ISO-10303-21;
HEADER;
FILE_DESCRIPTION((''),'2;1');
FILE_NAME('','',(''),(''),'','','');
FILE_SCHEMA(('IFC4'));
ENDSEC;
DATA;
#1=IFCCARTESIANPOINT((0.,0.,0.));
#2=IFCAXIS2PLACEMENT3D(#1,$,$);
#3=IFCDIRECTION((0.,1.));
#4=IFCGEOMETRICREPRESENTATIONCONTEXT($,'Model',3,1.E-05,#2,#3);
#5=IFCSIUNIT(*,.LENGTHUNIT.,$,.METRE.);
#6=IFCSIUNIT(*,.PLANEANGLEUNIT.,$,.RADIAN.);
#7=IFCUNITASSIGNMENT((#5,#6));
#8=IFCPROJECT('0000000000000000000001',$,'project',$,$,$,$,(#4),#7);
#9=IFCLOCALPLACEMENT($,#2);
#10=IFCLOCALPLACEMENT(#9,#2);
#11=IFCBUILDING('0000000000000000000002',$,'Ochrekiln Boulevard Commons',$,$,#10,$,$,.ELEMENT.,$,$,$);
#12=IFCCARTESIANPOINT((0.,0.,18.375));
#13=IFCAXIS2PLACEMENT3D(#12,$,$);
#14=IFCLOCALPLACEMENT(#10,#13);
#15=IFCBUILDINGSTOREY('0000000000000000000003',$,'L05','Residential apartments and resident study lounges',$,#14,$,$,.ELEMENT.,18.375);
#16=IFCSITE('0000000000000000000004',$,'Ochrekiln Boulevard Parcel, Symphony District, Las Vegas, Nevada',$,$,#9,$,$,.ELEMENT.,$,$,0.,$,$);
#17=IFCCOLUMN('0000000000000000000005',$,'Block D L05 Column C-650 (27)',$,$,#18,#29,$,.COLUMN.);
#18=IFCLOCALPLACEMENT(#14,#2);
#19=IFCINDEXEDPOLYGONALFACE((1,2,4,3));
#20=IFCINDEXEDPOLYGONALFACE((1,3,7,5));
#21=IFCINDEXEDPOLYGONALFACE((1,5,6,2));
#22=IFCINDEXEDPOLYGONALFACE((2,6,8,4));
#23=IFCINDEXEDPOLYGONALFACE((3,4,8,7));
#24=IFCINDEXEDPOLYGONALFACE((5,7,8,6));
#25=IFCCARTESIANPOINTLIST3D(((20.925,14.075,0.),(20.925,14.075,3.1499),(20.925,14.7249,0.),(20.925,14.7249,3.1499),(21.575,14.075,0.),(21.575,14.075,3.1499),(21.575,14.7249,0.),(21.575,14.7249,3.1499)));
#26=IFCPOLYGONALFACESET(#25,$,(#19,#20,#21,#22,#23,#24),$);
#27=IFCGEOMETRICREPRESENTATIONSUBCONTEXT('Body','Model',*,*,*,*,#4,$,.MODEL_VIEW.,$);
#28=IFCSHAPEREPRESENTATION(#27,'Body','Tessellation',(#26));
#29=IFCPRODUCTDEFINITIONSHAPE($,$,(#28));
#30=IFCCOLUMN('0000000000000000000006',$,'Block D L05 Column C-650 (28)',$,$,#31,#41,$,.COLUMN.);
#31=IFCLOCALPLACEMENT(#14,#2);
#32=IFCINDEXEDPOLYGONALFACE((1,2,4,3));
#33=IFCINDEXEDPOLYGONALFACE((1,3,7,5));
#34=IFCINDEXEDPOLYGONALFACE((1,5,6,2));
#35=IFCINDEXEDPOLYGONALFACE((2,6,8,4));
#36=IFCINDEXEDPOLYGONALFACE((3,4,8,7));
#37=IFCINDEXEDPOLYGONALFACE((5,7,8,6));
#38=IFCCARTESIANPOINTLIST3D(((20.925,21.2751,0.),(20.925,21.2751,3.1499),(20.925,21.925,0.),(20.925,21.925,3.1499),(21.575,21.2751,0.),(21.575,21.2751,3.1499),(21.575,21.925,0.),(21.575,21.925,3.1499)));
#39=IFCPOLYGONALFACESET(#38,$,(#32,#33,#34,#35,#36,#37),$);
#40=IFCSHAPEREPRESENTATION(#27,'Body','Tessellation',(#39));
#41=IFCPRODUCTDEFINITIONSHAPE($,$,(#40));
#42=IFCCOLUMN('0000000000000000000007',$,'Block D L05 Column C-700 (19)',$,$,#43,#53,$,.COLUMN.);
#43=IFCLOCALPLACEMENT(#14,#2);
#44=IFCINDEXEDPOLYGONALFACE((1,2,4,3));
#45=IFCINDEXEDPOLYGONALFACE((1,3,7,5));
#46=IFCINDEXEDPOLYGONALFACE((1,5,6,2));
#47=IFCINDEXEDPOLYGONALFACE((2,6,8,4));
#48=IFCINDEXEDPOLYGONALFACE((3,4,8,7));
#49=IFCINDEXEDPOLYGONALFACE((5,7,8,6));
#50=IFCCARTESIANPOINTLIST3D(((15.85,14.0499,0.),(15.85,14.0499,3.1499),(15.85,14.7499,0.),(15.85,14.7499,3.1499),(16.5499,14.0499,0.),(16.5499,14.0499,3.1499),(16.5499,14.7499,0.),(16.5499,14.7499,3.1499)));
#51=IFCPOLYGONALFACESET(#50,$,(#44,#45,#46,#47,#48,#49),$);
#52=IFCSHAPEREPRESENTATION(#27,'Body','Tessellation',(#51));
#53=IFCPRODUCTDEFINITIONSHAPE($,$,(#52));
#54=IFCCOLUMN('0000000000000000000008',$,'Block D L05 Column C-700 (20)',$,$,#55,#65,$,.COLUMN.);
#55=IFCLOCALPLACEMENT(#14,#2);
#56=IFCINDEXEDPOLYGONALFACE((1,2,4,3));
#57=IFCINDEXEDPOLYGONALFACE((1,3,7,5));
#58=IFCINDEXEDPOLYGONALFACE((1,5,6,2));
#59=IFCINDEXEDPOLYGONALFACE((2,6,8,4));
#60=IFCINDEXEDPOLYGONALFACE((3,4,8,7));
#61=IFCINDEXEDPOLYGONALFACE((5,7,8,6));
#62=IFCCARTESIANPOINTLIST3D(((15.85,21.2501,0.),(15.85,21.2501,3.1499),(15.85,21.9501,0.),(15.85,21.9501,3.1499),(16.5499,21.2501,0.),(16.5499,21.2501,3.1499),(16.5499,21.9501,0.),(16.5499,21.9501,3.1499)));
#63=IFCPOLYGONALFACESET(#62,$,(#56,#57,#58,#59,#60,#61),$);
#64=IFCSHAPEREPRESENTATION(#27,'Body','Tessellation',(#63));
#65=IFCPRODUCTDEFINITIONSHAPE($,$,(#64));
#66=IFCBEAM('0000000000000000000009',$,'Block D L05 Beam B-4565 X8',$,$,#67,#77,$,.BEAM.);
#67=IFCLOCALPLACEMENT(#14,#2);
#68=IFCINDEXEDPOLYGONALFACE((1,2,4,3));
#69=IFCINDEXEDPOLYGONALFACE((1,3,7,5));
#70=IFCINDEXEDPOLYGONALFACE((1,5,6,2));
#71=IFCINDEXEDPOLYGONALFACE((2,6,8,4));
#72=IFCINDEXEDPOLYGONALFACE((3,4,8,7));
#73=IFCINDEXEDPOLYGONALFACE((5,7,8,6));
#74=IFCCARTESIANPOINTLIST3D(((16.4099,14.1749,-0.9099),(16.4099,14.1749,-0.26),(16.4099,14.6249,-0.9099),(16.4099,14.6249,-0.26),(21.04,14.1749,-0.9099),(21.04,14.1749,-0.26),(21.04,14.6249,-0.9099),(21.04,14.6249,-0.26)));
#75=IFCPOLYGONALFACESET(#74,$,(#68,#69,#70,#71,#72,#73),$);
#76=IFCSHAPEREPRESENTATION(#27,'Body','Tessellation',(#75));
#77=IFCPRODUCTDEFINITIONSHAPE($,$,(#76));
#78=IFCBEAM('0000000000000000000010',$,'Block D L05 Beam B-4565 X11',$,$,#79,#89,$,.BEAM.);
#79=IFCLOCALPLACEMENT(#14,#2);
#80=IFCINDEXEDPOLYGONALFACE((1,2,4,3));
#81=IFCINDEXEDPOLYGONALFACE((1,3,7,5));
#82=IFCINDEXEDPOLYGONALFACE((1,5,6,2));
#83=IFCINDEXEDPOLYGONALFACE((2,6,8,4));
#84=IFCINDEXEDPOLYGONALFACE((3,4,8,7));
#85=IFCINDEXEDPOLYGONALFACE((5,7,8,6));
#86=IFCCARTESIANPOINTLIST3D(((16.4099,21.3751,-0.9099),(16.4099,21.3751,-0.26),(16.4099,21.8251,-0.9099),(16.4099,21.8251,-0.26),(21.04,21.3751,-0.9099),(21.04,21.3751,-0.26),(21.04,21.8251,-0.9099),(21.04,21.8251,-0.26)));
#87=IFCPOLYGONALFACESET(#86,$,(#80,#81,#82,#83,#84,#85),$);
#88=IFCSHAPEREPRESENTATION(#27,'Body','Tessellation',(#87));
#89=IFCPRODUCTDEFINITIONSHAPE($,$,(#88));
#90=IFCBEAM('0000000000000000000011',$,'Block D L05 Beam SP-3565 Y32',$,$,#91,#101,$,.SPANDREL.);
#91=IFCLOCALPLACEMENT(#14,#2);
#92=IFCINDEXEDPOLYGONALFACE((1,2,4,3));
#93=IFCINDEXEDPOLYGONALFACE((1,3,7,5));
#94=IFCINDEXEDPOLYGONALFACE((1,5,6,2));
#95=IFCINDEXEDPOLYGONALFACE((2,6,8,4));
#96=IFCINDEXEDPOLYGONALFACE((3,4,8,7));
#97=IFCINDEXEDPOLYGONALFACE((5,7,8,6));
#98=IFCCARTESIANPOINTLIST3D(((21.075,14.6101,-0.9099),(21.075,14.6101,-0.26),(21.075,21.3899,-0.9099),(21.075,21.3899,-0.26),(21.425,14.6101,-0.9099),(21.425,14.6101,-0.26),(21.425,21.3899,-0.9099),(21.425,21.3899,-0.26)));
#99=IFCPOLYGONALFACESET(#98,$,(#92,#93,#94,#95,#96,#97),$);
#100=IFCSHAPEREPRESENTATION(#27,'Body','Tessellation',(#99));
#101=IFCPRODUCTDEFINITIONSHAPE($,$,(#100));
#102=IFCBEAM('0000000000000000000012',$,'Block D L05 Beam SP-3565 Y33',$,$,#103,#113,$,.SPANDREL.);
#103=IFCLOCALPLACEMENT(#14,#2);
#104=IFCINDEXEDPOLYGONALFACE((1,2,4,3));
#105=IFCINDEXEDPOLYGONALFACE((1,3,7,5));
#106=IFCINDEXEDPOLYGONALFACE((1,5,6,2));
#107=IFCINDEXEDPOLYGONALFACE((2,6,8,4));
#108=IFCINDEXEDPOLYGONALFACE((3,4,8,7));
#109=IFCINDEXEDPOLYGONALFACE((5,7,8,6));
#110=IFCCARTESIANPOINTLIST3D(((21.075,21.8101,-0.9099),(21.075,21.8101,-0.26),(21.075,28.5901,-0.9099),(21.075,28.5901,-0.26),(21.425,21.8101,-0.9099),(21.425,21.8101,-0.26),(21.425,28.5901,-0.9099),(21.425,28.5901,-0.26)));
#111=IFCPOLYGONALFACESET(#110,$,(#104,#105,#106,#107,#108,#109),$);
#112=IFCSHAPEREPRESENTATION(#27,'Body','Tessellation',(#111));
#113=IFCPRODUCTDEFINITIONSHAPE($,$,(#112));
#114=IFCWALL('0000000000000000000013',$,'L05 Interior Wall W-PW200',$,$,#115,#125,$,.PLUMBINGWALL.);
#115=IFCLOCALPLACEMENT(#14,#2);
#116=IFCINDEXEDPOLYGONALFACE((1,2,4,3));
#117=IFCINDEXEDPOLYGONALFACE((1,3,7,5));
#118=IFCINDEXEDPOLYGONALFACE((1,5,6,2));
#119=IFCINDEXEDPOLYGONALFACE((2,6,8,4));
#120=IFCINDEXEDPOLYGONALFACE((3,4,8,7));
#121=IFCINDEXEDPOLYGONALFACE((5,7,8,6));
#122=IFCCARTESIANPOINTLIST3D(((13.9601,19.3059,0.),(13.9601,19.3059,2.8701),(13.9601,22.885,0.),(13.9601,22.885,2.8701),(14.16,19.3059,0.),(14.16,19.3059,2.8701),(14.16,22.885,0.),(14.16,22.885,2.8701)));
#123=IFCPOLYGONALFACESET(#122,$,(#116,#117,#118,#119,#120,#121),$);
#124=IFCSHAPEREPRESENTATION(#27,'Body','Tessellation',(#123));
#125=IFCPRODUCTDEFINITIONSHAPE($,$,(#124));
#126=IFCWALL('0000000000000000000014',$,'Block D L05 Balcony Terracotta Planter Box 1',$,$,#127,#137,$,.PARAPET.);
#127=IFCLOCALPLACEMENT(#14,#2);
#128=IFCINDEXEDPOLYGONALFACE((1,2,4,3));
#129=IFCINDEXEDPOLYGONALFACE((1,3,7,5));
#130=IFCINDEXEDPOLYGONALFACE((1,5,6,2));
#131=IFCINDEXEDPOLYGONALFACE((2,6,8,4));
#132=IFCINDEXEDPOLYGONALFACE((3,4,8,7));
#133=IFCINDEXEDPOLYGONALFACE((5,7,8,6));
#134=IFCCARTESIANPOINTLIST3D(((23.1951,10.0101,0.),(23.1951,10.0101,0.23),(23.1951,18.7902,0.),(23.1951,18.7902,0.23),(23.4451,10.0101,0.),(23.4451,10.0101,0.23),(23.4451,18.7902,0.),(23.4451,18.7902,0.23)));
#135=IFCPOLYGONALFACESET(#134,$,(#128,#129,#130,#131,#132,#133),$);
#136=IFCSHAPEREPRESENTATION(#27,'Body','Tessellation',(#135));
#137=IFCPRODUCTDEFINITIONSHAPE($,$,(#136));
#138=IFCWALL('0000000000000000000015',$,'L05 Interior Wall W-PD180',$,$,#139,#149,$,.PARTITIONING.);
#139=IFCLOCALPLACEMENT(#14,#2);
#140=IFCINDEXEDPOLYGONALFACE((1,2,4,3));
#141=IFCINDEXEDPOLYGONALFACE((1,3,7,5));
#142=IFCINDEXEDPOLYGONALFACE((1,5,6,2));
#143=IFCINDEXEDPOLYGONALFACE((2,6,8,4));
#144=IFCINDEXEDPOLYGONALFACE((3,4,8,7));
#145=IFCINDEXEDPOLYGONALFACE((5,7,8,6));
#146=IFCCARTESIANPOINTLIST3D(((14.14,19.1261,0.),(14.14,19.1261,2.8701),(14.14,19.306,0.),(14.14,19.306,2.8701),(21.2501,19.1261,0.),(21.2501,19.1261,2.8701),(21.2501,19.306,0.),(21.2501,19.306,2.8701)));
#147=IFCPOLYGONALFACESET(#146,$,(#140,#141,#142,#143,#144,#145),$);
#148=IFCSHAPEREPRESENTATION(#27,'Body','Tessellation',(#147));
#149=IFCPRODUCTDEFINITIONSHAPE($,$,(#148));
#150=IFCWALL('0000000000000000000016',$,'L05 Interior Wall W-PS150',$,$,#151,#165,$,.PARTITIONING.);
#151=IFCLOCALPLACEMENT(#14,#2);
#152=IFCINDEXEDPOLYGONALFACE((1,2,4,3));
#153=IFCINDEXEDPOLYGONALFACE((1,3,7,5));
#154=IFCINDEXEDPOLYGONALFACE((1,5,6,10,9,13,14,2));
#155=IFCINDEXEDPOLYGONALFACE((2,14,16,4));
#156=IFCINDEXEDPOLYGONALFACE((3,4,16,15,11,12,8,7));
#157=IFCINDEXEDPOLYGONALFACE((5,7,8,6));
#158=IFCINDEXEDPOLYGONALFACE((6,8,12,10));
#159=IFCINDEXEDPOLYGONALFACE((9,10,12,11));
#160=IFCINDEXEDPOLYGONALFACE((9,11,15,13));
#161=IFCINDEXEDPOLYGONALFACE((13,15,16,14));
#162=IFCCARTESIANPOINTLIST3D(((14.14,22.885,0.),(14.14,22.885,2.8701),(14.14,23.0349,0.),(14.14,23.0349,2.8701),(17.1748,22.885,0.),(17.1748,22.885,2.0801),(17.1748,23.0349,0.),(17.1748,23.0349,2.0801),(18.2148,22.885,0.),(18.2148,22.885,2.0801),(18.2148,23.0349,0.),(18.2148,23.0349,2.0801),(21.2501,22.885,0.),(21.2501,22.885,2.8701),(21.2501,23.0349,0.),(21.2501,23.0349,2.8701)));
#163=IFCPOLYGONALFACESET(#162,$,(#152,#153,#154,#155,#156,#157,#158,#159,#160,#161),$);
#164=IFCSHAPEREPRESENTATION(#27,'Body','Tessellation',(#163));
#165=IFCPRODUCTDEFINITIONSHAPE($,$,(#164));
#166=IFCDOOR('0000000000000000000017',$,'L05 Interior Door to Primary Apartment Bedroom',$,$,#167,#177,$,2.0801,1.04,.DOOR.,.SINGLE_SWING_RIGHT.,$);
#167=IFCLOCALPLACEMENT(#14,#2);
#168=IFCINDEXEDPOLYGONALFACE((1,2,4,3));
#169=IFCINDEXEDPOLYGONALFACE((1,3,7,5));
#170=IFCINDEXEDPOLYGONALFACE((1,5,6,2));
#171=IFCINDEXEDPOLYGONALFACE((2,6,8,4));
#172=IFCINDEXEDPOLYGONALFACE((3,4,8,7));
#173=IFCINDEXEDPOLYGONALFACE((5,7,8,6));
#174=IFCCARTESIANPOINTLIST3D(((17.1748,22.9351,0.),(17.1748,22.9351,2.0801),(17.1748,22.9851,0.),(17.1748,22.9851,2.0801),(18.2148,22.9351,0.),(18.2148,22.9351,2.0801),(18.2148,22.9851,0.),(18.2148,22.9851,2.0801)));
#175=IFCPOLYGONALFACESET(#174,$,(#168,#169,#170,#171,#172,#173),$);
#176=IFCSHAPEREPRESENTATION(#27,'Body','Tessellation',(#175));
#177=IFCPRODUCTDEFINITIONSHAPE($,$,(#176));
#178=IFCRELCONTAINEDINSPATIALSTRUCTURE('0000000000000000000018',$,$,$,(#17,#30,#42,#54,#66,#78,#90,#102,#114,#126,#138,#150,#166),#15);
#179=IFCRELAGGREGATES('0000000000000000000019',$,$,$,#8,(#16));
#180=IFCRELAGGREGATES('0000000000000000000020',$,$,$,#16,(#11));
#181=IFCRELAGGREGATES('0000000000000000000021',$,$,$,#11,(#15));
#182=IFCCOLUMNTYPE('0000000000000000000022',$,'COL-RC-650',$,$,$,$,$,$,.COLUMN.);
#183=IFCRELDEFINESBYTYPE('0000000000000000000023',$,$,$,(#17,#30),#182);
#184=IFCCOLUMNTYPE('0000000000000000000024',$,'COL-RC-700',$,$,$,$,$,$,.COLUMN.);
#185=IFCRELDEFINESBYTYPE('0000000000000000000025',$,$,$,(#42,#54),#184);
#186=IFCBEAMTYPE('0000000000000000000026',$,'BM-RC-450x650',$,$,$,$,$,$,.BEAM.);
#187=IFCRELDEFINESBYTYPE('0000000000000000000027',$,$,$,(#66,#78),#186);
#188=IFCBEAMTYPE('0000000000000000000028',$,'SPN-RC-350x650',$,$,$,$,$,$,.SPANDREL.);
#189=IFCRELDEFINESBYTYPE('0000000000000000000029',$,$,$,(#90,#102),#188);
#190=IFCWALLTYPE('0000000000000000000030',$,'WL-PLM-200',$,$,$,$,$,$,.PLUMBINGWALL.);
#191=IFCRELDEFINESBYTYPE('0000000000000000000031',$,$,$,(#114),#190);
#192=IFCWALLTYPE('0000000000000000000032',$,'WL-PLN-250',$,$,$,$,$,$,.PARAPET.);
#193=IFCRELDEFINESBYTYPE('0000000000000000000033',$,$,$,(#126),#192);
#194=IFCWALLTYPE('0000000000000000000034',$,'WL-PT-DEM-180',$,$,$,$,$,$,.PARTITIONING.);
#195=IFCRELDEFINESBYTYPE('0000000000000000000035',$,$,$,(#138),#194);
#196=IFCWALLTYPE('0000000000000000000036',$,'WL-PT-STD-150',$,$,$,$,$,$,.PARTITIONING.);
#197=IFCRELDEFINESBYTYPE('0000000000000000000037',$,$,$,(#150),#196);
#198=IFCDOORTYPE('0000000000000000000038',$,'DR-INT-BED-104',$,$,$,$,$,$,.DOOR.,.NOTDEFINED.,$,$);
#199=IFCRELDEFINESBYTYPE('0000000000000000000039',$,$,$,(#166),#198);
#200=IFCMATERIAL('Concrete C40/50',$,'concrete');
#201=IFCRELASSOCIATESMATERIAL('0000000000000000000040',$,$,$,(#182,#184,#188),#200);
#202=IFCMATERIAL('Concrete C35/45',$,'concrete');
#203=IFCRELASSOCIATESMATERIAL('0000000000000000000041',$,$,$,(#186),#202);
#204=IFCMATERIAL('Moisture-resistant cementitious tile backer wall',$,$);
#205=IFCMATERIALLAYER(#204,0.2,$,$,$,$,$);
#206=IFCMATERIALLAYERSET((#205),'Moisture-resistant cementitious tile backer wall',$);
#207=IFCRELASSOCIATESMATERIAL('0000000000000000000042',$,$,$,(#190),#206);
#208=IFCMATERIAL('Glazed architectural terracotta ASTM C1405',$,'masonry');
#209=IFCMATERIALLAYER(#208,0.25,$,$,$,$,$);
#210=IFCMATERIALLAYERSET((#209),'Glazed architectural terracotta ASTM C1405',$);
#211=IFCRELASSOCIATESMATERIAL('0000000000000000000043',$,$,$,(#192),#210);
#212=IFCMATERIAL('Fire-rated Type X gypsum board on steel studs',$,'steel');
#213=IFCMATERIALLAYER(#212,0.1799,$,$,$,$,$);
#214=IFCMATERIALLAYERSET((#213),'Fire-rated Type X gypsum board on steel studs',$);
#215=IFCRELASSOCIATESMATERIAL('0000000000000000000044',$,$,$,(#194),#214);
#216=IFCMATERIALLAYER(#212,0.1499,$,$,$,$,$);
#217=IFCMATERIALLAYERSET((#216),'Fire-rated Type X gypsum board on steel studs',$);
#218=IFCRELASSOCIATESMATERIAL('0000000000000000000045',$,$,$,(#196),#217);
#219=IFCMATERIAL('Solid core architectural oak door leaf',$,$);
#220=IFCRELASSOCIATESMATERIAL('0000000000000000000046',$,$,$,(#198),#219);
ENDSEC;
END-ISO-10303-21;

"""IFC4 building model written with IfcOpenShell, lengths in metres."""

from ifc_helpers import new_model, si_unit, direction, frame, frame_2d, origin, origin_2d, place, context, subcontext, project, spatial, rectangle, extrude, material, layer, layer_set, material_profile, profile_set, type_object, element, fill, save


model = new_model("IFC4")

# Units and contexts
model_context = context("Model", 3, precision=1e-05, world=origin(), true_north=direction((0.0, 1.0)))
body_context = subcontext(model_context, "Body", "Model", "MODEL_VIEW")
ifc_project = project(units=[si_unit("LENGTHUNIT", "METRE"), si_unit("PLANEANGLEUNIT", "RADIAN")], contexts=[model_context])

# Site, building, storey
site_placement = place(None, origin())
site = spatial("IfcSite", under=ifc_project, at=site_placement, Name="Ochrekiln Boulevard Parcel, Symphony District, Las Vegas, Nevada", CompositionType="ELEMENT", RefElevation=0.0)
building_placement = place(site_placement, origin())
building = spatial("IfcBuilding", under=site, at=building_placement, Name="Ochrekiln Boulevard Commons", CompositionType="ELEMENT")
storey_placement = place(building_placement, frame((0.0, 0.0, 18.375)))
storey = spatial("IfcBuildingStorey", under=building, at=storey_placement, Name="L05", Description="Residential apartments and resident study lounges", CompositionType="ELEMENT", Elevation=18.375)

# Columns
ifc_material_1 = material(Name="Concrete C40/50", Category="concrete")
ifc_material_profile_1 = material_profile(ifc_material_1, rectangle(XDim=0.6499, YDim=0.6499, at=origin_2d()), Name="RC-COL-650x650")
ifc_profile_set_1 = profile_set([ifc_material_profile_1], Name="Concrete C40/50")
column_type_1 = type_object("IfcColumnType", Name="COL-RC-650", PredefinedType="COLUMN", material=ifc_profile_set_1)
for number, where, z_axis, x_axis, name in (
    (1, (21.25, 14.3999, 0.0), (0.0, 0.0, 1.0), (1.0, 0.0, 0.0), "Block D L05 Column C-650 (27)"),
    (2, (21.25, 21.6001, 0.0), (0.0, 0.0, 1.0), (1.0, 0.0, 0.0), "Block D L05 Column C-650 (28)"),
):
    element("IfcColumn", number, at=place(storey_placement, frame(where, z_axis=z_axis, x_axis=x_axis)), inside=storey, type_object=column_type_1, Name=name, PredefinedType="COLUMN", context=body_context, shape_type="SweptSolid", body=[
        extrude(rectangle(XDim=0.6499, YDim=0.6499, at=origin_2d()), origin(), (0.0, 0.0, 1.0), 3.1499),
    ])
ifc_material_profile_2 = material_profile(ifc_material_1, rectangle(XDim=0.7, YDim=0.7, at=origin_2d()), Name="RC-COL-700x700")
ifc_profile_set_2 = profile_set([ifc_material_profile_2], Name="Concrete C40/50")
column_type_2 = type_object("IfcColumnType", Name="COL-RC-700", PredefinedType="COLUMN", material=ifc_profile_set_2)
for number, where, z_axis, x_axis, name in (
    (3, (16.2, 14.3999, 0.0), (0.0, 0.0, 1.0), (1.0, 0.0, 0.0), "Block D L05 Column C-700 (19)"),
    (4, (16.2, 21.6001, 0.0), (0.0, 0.0, 1.0), (1.0, 0.0, 0.0), "Block D L05 Column C-700 (20)"),
):
    element("IfcColumn", number, at=place(storey_placement, frame(where, z_axis=z_axis, x_axis=x_axis)), inside=storey, type_object=column_type_2, Name=name, PredefinedType="COLUMN", context=body_context, shape_type="SweptSolid", body=[
        extrude(rectangle(XDim=0.7, YDim=0.7, at=origin_2d()), origin(), (0.0, 0.0, 1.0), 3.1499),
    ])

# Beams
ifc_material_2 = material(Name="Concrete C35/45", Category="concrete")
ifc_material_profile_3 = material_profile(ifc_material_2, rectangle(XDim=0.45, YDim=0.6499, at=origin_2d()), Name="RC-BM-450x650")
ifc_profile_set_3 = profile_set([ifc_material_profile_3], Name="Concrete C35/45")
beam_type_1 = type_object("IfcBeamType", Name="BM-RC-450x650", PredefinedType="BEAM", material=ifc_profile_set_3)
for number, where, z_axis, x_axis, name in (
    (5, (16.4099, 14.3999, -0.585), (1.0, 0.0, 0.0), (0.0, 1.0, 0.0), "Block D L05 Beam B-4565 X8"),
    (6, (16.4099, 21.6001, -0.585), (1.0, 0.0, 0.0), (0.0, 1.0, 0.0), "Block D L05 Beam B-4565 X11"),
):
    element("IfcBeam", number, at=place(storey_placement, frame(where, z_axis=z_axis, x_axis=x_axis)), inside=storey, type_object=beam_type_1, Name=name, PredefinedType="BEAM", context=body_context, shape_type="SweptSolid", body=[
        extrude(rectangle(XDim=0.45, YDim=0.6499, at=origin_2d()), origin(), (0.0, 0.0, 1.0), 4.6301),
    ])
ifc_material_profile_4 = material_profile(ifc_material_1, rectangle(XDim=0.3501, YDim=0.6499, at=origin_2d()), Name="RC-SPN-350x650")
ifc_profile_set_4 = profile_set([ifc_material_profile_4], Name="Concrete C40/50")
beam_type_2 = type_object("IfcBeamType", Name="SPN-RC-350x650", PredefinedType="SPANDREL", material=ifc_profile_set_4)
beam_1_placement = place(storey_placement, frame((21.25, 14.6101, -0.585), z_axis=(0.0, 1.0, 0.0), x_axis=(-1.0, 0.0, 0.0)))
element("IfcBeam", 7, at=beam_1_placement, inside=storey, type_object=beam_type_2, Name="Block D L05 Beam SP-3565 Y32", PredefinedType="SPANDREL", context=body_context, shape_type="SweptSolid", body=[
    extrude(rectangle(XDim=0.3501, YDim=0.6499, at=origin_2d()), origin(), (0.0, 0.0, 1.0), 6.7798),
])
beam_2_placement = place(storey_placement, frame((21.25, 21.8101, -0.585), z_axis=(0.0, 1.0, 0.0), x_axis=(-1.0, 0.0, 0.0)))
element("IfcBeam", 8, at=beam_2_placement, inside=storey, type_object=beam_type_2, Name="Block D L05 Beam SP-3565 Y33", PredefinedType="SPANDREL", context=body_context, shape_type="SweptSolid", body=[
    extrude(rectangle(XDim=0.3501, YDim=0.6499, at=origin_2d()), origin(), (0.0, 0.0, 1.0), 6.78),
])

# Walls
ifc_material_3 = material(Name="Moisture-resistant cementitious tile backer wall")
ifc_layer_1 = layer(ifc_material_3, 0.2)
ifc_layer_set_1 = layer_set([ifc_layer_1], Name="Moisture-resistant cementitious tile backer wall")
wall_type_1 = type_object("IfcWallType", Name="WL-PLM-200", PredefinedType="PLUMBINGWALL", material=ifc_layer_set_1)
wall_1_placement = place(storey_placement, frame((14.0601, 19.3059, 0.0), z_axis=(0.0, 0.0, 1.0), x_axis=(0.0, 1.0, 0.0)))
element("IfcWall", 9, at=wall_1_placement, inside=storey, type_object=wall_type_1, Name="L05 Interior Wall W-PW200", PredefinedType="PLUMBINGWALL", context=body_context, shape_type="SweptSolid", body=[
    extrude(rectangle(XDim=3.5791, YDim=0.2, at=frame_2d((1.7896, 0.0))), origin(), (0.0, 0.0, 1.0), 2.8701),
])
ifc_material_4 = material(Name="Glazed architectural terracotta ASTM C1405", Category="masonry")
ifc_layer_2 = layer(ifc_material_4, 0.25)
ifc_layer_set_2 = layer_set([ifc_layer_2], Name="Glazed architectural terracotta ASTM C1405")
wall_type_2 = type_object("IfcWallType", Name="WL-PLN-250", PredefinedType="PARAPET", material=ifc_layer_set_2)
wall_2_placement = place(storey_placement, frame((23.3201, 10.01, 0.0), z_axis=(0.0, 0.0, 1.0), x_axis=(0.0, 1.0, 0.0)))
element("IfcWall", 10, at=wall_2_placement, inside=storey, type_object=wall_type_2, Name="Block D L05 Balcony Terracotta Planter Box 1", PredefinedType="PARAPET", context=body_context, shape_type="SweptSolid", body=[
    extrude(rectangle(XDim=8.78, YDim=0.25, at=frame_2d((4.3901, 0.0))), origin(), (0.0, 0.0, 1.0), 0.23),
])
ifc_material_5 = material(Name="Fire-rated Type X gypsum board on steel studs", Category="steel")
ifc_layer_3 = layer(ifc_material_5, 0.1799)
ifc_layer_set_3 = layer_set([ifc_layer_3], Name="Fire-rated Type X gypsum board on steel studs")
wall_type_3 = type_object("IfcWallType", Name="WL-PT-DEM-180", PredefinedType="PARTITIONING", material=ifc_layer_set_3)
wall_3_placement = place(storey_placement, frame((14.1399, 19.2161, 0.0), z_axis=(0.0, 0.0, 1.0), x_axis=(1.0, 0.0, 0.0)))
element("IfcWall", 11, at=wall_3_placement, inside=storey, type_object=wall_type_3, Name="L05 Interior Wall W-PD180", PredefinedType="PARTITIONING", context=body_context, shape_type="SweptSolid", body=[
    extrude(rectangle(XDim=7.1101, YDim=0.1799, at=frame_2d((3.5552, 0.0))), origin(), (0.0, 0.0, 1.0), 2.8701),
])

# Wall, opening, door
ifc_layer_4 = layer(ifc_material_5, 0.1499)
ifc_layer_set_4 = layer_set([ifc_layer_4], Name="Fire-rated Type X gypsum board on steel studs")
wall_type_4 = type_object("IfcWallType", Name="WL-PT-STD-150", PredefinedType="PARTITIONING", material=ifc_layer_set_4)
wall_4_placement = place(storey_placement, frame((14.1399, 22.96, 0.0), z_axis=(0.0, 0.0, 1.0), x_axis=(1.0, 0.0, 0.0)))
wall_4 = element("IfcWall", 12, at=wall_4_placement, inside=storey, type_object=wall_type_4, Name="L05 Interior Wall W-PS150", PredefinedType="PARTITIONING", context=body_context, shape_type="SweptSolid", body=[
    extrude(rectangle(XDim=7.1101, YDim=0.1499, at=frame_2d((3.5552, 0.0))), origin(), (0.0, 0.0, 1.0), 2.8701),
])
opening_placement = place(wall_4_placement, frame((3.0349, 0.0, 0.0)))
opening = element("IfcOpeningElement", 13, at=opening_placement, cuts=wall_4, PredefinedType="OPENING", context=body_context, shape_type="SweptSolid", body=[
    extrude(rectangle(XDim=1.04, YDim=2.0801, at=frame_2d((0.52, 1.04))), frame((0.0, 0.085, 0.0), z_axis=(0.0, -1.0, 0.0), x_axis=(1.0, 0.0, 0.0)), (0.0, 0.0, 1.0), 0.1699),
])
ifc_material_6 = material(Name="Solid core architectural oak door leaf")
door_type = type_object("IfcDoorType", Name="DR-INT-BED-104", OperationType="NOTDEFINED", PredefinedType="DOOR", material=ifc_material_6)
door_placement = place(opening_placement, frame((1.04, 0.0, 0.0), z_axis=(0.0, 0.0, 1.0), x_axis=(-1.0, 0.0, 0.0)))
door = element("IfcDoor", 14, at=door_placement, inside=storey, type_object=door_type, Name="L05 Interior Door to Primary Apartment Bedroom", OperationType="SINGLE_SWING_RIGHT", OverallHeight=2.0801, OverallWidth=1.04, PredefinedType="DOOR", context=body_context, shape_type="SweptSolid", body=[
    extrude(rectangle(XDim=1.04, YDim=2.0801, at=frame_2d((0.52, 1.04))), frame((0.0, 0.0249, 0.0), z_axis=(0.0, -1.0, 0.0), x_axis=(1.0, 0.0, 0.0)), (0.0, 0.0, 1.0), 0.05),
])
fill(opening, door)

save(model, "model.ifc")
